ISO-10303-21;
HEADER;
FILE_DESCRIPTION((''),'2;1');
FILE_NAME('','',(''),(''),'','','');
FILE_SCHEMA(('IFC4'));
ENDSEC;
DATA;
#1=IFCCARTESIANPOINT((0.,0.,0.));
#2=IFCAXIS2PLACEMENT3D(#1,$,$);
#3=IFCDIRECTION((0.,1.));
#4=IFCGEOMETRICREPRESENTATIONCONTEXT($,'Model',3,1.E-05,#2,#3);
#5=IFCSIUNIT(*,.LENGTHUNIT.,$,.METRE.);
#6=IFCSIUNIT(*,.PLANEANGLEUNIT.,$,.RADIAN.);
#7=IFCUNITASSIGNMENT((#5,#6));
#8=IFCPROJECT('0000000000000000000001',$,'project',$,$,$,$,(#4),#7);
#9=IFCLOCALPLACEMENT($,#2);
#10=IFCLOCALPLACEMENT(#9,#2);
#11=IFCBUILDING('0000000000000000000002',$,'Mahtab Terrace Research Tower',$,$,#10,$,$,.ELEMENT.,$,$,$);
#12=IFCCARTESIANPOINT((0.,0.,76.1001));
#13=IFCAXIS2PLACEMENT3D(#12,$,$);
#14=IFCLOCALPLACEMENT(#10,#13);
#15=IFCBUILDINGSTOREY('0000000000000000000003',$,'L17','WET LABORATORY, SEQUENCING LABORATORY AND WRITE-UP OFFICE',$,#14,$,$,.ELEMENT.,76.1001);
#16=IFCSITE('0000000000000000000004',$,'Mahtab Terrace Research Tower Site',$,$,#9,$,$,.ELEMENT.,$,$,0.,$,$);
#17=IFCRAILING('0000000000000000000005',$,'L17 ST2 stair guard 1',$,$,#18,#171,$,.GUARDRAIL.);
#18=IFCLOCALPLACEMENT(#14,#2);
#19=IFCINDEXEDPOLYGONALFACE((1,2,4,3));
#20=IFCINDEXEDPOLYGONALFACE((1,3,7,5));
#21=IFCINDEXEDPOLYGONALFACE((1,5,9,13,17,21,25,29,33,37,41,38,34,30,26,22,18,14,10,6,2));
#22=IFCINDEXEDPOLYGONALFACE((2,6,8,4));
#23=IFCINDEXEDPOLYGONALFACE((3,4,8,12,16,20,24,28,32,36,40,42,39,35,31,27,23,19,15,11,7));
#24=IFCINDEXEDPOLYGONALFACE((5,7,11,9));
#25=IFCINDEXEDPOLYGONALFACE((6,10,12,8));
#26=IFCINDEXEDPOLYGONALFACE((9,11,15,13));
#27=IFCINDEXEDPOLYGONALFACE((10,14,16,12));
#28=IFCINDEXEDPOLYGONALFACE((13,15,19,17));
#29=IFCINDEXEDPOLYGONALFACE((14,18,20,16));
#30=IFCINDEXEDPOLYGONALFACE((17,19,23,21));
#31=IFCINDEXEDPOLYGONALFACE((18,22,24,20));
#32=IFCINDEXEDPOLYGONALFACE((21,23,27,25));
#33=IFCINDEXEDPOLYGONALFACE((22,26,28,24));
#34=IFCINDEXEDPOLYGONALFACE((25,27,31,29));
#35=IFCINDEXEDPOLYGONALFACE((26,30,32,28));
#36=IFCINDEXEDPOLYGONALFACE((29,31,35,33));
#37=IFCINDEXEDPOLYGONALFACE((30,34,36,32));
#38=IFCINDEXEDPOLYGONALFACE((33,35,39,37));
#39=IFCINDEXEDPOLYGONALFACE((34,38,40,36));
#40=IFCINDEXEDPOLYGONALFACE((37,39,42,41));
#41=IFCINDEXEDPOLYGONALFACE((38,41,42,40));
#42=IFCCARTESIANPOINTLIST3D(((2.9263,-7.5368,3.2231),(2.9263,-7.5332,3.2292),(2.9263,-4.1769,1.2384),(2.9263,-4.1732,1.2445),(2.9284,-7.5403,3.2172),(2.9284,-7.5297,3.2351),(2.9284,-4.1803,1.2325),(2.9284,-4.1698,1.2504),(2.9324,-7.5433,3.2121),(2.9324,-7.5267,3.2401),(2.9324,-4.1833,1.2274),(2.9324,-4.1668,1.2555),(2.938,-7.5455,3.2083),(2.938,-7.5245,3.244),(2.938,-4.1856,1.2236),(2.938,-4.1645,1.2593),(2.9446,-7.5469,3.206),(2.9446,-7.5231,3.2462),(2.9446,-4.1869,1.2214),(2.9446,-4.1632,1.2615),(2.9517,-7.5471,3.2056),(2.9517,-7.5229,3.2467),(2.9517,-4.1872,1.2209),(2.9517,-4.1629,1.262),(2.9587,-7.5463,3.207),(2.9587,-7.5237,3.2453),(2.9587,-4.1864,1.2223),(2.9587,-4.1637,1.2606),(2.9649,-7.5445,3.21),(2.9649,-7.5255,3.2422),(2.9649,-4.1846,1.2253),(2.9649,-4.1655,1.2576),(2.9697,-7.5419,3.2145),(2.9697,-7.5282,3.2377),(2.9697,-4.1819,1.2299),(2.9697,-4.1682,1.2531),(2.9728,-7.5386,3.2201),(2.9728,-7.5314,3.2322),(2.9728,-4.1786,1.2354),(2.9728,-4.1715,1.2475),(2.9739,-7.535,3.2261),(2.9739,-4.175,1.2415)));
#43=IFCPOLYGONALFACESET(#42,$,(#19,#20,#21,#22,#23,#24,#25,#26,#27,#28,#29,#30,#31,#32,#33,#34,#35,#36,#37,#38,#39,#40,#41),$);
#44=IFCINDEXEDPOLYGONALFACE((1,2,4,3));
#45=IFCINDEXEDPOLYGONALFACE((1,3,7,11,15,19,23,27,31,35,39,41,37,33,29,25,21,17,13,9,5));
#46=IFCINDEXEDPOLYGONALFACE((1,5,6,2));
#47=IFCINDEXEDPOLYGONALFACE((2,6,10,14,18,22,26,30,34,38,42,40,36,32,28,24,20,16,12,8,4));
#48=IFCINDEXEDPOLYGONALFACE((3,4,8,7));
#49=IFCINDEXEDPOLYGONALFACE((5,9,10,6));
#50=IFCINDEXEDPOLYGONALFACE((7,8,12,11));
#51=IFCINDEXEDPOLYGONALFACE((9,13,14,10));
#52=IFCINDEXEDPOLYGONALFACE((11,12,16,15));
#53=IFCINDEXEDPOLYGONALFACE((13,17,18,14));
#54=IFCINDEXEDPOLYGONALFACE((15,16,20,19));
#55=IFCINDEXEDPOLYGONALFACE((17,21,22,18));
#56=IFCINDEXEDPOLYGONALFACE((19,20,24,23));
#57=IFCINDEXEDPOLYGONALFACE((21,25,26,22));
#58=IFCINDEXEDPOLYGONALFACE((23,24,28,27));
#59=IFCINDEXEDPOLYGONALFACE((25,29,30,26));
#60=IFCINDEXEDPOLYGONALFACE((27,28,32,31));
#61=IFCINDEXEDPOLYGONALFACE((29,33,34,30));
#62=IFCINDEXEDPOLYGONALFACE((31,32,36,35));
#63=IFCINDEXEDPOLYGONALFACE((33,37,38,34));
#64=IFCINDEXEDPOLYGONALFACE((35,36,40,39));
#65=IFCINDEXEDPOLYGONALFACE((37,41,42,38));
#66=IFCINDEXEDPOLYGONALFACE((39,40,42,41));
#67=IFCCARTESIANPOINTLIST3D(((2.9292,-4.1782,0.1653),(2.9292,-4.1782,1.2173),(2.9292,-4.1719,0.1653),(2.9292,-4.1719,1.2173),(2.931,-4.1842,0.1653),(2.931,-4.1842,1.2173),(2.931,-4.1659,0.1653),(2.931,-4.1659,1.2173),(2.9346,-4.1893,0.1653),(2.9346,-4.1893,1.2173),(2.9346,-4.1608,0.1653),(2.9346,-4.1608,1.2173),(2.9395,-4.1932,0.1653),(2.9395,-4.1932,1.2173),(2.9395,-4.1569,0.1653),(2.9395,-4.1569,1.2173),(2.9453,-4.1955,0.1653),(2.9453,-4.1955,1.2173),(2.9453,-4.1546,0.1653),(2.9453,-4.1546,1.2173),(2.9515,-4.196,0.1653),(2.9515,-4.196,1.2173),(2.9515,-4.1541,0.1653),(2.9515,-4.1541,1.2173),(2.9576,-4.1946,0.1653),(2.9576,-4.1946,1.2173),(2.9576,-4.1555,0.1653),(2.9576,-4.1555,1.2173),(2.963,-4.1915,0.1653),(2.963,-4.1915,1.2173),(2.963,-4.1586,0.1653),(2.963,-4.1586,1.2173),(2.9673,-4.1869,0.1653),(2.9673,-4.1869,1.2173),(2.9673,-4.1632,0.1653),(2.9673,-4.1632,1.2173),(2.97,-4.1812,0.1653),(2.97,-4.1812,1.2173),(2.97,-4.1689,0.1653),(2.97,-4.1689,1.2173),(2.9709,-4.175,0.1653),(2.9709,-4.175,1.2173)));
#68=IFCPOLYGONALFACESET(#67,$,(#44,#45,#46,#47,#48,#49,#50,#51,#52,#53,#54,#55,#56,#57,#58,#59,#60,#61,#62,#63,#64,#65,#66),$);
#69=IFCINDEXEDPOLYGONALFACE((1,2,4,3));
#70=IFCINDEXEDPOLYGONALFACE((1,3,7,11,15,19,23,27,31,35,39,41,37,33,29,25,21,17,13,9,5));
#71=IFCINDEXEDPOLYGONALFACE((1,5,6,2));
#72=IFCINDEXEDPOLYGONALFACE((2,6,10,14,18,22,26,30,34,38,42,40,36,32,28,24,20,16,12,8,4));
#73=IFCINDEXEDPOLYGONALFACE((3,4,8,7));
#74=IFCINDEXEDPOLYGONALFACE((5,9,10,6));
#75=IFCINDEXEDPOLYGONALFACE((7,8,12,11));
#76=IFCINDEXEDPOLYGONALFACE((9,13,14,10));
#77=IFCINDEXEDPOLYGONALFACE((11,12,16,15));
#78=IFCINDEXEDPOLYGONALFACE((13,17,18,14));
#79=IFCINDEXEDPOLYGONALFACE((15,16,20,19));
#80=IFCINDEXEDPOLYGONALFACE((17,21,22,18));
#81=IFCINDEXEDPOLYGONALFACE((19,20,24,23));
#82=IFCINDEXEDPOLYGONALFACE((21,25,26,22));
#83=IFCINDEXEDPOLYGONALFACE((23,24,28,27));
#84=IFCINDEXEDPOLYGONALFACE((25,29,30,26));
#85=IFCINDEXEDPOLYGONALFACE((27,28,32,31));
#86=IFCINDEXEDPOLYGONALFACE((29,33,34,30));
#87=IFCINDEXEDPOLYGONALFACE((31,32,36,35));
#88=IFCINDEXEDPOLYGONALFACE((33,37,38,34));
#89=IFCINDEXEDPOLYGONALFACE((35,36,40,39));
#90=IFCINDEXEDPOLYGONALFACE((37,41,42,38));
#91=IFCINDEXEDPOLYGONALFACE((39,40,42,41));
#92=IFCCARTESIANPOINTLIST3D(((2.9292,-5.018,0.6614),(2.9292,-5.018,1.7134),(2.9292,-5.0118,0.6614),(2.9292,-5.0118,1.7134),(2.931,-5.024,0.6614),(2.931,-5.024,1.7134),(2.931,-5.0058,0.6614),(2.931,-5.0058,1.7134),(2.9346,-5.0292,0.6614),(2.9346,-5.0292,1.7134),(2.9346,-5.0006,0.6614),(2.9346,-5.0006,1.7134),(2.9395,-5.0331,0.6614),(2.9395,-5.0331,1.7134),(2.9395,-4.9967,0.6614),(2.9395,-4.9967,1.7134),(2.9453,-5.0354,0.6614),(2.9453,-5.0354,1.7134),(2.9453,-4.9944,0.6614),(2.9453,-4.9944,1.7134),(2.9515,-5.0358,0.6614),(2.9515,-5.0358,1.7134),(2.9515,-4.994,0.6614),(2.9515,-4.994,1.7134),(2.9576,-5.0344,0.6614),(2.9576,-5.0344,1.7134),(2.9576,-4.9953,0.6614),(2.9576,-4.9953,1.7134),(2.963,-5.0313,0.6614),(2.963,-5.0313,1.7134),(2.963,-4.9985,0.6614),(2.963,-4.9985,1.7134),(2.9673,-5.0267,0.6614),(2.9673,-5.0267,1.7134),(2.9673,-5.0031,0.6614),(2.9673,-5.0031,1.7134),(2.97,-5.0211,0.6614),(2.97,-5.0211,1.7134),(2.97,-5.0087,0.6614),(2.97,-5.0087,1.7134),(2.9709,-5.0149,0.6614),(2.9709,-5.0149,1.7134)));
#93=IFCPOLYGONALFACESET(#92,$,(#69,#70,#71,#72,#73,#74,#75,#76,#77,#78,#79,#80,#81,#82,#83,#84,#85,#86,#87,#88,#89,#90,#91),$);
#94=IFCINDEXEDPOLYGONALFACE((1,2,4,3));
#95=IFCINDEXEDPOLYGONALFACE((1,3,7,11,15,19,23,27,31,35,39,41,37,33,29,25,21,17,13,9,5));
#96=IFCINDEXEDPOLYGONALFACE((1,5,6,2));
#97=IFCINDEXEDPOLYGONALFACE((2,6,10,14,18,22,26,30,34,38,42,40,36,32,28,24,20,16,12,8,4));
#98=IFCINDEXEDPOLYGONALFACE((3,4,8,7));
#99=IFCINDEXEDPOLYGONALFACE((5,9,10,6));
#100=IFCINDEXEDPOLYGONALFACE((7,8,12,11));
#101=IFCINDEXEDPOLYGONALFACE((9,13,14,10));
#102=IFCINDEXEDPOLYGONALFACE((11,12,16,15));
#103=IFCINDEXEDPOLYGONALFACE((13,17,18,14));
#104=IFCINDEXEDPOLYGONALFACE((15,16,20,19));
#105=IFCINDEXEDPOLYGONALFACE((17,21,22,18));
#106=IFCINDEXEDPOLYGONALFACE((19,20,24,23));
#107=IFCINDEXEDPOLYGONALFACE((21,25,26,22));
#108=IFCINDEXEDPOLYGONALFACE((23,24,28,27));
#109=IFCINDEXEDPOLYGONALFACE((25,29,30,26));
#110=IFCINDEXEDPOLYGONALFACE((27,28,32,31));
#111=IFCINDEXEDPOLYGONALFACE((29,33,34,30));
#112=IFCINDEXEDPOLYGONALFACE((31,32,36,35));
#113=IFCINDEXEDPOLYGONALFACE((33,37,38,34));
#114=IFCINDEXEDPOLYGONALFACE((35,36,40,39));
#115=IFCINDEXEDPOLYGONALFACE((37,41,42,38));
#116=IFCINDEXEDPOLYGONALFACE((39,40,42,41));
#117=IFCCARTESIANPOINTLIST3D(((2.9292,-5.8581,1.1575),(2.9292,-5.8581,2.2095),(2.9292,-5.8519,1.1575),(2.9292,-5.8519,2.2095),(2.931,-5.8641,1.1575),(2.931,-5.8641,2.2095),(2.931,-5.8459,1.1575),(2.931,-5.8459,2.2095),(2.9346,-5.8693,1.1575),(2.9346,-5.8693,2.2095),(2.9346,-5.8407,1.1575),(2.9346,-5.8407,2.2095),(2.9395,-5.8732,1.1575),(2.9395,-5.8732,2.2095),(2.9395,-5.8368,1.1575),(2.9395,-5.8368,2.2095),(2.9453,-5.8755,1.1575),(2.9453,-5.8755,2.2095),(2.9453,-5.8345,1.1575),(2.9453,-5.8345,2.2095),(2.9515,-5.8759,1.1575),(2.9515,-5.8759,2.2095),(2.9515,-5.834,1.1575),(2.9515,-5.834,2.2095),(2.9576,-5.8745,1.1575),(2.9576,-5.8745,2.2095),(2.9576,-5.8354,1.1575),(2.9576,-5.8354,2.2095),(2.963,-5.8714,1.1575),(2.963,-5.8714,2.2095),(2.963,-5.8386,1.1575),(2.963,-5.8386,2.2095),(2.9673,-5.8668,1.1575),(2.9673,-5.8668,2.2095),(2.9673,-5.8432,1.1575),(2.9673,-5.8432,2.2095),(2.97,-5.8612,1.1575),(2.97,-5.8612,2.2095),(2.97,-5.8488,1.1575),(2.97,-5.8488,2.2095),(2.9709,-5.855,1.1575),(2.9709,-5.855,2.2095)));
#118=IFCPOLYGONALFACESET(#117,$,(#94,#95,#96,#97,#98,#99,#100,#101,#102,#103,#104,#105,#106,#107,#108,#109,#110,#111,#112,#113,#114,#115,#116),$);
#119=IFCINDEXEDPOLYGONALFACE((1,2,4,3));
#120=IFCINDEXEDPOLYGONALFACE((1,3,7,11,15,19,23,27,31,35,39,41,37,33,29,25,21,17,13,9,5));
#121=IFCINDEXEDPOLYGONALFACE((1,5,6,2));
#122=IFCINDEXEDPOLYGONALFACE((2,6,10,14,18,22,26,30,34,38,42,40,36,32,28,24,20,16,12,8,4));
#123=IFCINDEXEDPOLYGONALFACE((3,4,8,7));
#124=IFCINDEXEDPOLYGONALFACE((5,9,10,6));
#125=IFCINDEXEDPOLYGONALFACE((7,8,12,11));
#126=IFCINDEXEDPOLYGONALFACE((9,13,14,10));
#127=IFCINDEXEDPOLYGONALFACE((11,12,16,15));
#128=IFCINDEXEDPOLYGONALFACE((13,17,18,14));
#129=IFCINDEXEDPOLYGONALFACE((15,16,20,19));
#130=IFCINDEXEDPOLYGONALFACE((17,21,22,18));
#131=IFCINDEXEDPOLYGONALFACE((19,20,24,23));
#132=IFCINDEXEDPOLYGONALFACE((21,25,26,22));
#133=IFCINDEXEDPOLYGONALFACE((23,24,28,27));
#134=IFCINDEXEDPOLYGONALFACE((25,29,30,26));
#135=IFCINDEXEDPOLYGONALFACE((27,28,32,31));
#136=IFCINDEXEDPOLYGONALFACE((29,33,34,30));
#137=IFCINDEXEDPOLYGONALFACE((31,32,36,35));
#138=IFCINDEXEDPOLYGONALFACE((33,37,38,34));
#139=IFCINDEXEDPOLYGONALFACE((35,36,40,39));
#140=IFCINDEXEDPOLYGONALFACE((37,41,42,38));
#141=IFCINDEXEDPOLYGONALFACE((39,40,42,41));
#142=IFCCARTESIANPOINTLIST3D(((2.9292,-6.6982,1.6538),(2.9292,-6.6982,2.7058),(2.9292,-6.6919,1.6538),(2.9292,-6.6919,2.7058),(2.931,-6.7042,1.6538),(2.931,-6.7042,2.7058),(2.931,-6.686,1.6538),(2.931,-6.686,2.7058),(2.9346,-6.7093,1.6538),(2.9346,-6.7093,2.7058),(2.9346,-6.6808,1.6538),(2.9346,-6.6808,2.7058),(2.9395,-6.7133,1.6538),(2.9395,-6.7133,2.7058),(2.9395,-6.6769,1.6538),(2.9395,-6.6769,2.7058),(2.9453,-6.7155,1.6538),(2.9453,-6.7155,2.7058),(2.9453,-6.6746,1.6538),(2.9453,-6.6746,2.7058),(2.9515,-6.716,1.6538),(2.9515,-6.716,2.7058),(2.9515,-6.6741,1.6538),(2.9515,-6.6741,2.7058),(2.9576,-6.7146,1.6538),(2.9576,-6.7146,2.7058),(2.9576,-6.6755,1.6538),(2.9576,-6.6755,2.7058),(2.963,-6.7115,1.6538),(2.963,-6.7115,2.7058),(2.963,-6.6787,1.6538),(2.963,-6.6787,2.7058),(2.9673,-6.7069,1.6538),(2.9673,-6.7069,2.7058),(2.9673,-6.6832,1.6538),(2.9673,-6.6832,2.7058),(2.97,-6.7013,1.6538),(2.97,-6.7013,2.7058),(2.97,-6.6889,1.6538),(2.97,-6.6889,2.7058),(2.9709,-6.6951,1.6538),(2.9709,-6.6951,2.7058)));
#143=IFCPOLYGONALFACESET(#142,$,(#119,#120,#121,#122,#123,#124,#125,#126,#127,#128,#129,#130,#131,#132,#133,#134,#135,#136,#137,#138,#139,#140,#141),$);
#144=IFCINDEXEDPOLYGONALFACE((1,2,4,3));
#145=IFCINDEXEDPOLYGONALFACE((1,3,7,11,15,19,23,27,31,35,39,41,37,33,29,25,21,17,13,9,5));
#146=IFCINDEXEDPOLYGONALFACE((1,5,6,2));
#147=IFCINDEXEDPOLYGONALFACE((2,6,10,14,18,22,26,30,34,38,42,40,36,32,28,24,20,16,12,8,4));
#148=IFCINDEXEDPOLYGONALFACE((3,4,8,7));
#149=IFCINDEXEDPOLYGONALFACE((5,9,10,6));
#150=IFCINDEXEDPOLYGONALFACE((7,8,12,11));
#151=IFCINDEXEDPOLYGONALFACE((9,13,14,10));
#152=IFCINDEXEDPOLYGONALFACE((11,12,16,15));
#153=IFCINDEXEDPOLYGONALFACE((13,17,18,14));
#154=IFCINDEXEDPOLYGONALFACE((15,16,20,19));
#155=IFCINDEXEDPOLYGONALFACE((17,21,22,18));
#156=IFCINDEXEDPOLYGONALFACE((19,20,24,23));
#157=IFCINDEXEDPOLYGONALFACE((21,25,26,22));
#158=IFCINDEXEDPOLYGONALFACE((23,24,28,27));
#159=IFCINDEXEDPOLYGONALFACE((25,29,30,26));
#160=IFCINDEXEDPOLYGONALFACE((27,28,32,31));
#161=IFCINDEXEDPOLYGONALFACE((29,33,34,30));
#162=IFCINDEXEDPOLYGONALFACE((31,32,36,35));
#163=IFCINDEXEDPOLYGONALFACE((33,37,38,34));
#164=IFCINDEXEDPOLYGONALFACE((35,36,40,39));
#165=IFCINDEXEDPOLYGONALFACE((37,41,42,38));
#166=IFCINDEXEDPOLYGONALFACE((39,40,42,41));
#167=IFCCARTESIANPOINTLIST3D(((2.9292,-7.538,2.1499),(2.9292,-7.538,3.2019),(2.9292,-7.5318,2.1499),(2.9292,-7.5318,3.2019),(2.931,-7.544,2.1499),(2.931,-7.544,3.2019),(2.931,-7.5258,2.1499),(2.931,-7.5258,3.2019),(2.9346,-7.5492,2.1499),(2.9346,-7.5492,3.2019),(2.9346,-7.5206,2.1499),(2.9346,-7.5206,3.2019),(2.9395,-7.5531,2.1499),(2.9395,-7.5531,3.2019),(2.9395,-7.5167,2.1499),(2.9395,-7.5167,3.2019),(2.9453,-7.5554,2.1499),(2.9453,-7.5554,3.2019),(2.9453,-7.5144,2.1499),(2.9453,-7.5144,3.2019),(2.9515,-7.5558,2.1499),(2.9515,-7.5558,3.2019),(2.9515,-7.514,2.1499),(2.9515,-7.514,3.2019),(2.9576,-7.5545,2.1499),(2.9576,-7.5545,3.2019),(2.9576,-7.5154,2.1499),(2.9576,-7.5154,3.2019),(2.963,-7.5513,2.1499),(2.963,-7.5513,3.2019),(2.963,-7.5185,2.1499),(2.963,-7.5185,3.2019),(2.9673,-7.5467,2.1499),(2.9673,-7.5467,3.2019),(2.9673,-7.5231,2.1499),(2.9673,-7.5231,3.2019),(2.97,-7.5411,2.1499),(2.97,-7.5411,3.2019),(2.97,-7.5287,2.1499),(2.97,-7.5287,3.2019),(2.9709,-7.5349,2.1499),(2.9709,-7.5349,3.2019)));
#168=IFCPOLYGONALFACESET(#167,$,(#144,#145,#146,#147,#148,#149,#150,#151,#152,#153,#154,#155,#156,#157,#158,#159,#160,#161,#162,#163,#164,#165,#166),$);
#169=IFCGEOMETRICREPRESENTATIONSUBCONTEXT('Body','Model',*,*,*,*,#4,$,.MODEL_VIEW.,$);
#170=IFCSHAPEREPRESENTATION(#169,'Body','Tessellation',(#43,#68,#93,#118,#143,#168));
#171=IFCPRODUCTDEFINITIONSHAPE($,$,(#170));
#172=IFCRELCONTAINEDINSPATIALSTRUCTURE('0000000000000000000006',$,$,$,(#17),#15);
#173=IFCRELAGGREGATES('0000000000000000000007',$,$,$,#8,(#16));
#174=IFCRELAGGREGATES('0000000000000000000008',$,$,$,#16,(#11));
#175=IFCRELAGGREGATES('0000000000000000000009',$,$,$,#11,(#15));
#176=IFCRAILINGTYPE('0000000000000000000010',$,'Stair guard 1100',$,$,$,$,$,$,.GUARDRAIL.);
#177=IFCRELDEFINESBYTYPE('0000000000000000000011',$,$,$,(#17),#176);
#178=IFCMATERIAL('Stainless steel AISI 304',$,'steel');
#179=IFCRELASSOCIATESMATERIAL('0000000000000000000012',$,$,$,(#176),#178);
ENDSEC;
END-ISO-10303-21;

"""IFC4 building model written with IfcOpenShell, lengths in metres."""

from ifc_helpers import new_model, si_unit, direction, frame, origin, origin_2d, place, context, subcontext, project, spatial, circle, extrude, material, type_object, element, save


model = new_model("IFC4")

# Units and contexts
model_context = context("Model", 3, precision=1e-05, world=origin(), true_north=direction((0.0, 1.0)))
body_context = subcontext(model_context, "Body", "Model", "MODEL_VIEW")
ifc_project = project(units=[si_unit("LENGTHUNIT", "METRE"), si_unit("PLANEANGLEUNIT", "RADIAN")], contexts=[model_context])

# Site, building, storey
site_placement = place(None, origin())
site = spatial("IfcSite", under=ifc_project, at=site_placement, Name="Mahtab Terrace Research Tower Site", CompositionType="ELEMENT", RefElevation=0.0)
building_placement = place(site_placement, origin())
building = spatial("IfcBuilding", under=site, at=building_placement, Name="Mahtab Terrace Research Tower", CompositionType="ELEMENT")
storey_placement = place(building_placement, frame((0.0, 0.0, 76.1001)))
storey = spatial("IfcBuildingStorey", under=building, at=storey_placement, Name="L17", Description="WET LABORATORY, SEQUENCING LABORATORY AND WRITE-UP OFFICE", CompositionType="ELEMENT", Elevation=76.1001)

# Railing
ifc_material_1 = material(Name="Stainless steel AISI 304", Category="steel")
railing_type_1 = type_object("IfcRailingType", Name="Stair guard 1100", PredefinedType="GUARDRAIL", material=ifc_material_1)
railing_1_placement = place(storey_placement, frame((2.95, -4.175, 0.1653)))
element("IfcRailing", 1, at=railing_1_placement, inside=storey, type_object=railing_type_1, Name="L17 ST2 stair guard 1", PredefinedType="GUARDRAIL", context=body_context, shape_type="SweptSolid", body=[
    extrude(circle(Radius=0.0239, at=origin_2d()), frame((0.0, 0.0, 1.0762), z_axis=(0.0, -0.861011, 0.508586), x_axis=(1.0, 0.0, 0.0)), (0.0, 0.0, 1.0), 3.9023),
    extrude(circle(Radius=0.021, at=origin_2d()), origin(), (0.0, 0.0, 1.0), 1.052),
    extrude(circle(Radius=0.021, at=origin_2d()), frame((0.0, -0.8398, 0.4961)), (0.0, 0.0, 1.0), 1.052),
    extrude(circle(Radius=0.021, at=origin_2d()), frame((0.0, -1.6799, 0.9922)), (0.0, 0.0, 1.0), 1.052),
    extrude(circle(Radius=0.021, at=origin_2d()), frame((0.0, -2.52, 1.4885)), (0.0, 0.0, 1.0), 1.052),
    extrude(circle(Radius=0.021, at=origin_2d()), frame((0.0, -3.3599, 1.9846)), (0.0, 0.0, 1.0), 1.052),
])

save(model, "model.ifc")
